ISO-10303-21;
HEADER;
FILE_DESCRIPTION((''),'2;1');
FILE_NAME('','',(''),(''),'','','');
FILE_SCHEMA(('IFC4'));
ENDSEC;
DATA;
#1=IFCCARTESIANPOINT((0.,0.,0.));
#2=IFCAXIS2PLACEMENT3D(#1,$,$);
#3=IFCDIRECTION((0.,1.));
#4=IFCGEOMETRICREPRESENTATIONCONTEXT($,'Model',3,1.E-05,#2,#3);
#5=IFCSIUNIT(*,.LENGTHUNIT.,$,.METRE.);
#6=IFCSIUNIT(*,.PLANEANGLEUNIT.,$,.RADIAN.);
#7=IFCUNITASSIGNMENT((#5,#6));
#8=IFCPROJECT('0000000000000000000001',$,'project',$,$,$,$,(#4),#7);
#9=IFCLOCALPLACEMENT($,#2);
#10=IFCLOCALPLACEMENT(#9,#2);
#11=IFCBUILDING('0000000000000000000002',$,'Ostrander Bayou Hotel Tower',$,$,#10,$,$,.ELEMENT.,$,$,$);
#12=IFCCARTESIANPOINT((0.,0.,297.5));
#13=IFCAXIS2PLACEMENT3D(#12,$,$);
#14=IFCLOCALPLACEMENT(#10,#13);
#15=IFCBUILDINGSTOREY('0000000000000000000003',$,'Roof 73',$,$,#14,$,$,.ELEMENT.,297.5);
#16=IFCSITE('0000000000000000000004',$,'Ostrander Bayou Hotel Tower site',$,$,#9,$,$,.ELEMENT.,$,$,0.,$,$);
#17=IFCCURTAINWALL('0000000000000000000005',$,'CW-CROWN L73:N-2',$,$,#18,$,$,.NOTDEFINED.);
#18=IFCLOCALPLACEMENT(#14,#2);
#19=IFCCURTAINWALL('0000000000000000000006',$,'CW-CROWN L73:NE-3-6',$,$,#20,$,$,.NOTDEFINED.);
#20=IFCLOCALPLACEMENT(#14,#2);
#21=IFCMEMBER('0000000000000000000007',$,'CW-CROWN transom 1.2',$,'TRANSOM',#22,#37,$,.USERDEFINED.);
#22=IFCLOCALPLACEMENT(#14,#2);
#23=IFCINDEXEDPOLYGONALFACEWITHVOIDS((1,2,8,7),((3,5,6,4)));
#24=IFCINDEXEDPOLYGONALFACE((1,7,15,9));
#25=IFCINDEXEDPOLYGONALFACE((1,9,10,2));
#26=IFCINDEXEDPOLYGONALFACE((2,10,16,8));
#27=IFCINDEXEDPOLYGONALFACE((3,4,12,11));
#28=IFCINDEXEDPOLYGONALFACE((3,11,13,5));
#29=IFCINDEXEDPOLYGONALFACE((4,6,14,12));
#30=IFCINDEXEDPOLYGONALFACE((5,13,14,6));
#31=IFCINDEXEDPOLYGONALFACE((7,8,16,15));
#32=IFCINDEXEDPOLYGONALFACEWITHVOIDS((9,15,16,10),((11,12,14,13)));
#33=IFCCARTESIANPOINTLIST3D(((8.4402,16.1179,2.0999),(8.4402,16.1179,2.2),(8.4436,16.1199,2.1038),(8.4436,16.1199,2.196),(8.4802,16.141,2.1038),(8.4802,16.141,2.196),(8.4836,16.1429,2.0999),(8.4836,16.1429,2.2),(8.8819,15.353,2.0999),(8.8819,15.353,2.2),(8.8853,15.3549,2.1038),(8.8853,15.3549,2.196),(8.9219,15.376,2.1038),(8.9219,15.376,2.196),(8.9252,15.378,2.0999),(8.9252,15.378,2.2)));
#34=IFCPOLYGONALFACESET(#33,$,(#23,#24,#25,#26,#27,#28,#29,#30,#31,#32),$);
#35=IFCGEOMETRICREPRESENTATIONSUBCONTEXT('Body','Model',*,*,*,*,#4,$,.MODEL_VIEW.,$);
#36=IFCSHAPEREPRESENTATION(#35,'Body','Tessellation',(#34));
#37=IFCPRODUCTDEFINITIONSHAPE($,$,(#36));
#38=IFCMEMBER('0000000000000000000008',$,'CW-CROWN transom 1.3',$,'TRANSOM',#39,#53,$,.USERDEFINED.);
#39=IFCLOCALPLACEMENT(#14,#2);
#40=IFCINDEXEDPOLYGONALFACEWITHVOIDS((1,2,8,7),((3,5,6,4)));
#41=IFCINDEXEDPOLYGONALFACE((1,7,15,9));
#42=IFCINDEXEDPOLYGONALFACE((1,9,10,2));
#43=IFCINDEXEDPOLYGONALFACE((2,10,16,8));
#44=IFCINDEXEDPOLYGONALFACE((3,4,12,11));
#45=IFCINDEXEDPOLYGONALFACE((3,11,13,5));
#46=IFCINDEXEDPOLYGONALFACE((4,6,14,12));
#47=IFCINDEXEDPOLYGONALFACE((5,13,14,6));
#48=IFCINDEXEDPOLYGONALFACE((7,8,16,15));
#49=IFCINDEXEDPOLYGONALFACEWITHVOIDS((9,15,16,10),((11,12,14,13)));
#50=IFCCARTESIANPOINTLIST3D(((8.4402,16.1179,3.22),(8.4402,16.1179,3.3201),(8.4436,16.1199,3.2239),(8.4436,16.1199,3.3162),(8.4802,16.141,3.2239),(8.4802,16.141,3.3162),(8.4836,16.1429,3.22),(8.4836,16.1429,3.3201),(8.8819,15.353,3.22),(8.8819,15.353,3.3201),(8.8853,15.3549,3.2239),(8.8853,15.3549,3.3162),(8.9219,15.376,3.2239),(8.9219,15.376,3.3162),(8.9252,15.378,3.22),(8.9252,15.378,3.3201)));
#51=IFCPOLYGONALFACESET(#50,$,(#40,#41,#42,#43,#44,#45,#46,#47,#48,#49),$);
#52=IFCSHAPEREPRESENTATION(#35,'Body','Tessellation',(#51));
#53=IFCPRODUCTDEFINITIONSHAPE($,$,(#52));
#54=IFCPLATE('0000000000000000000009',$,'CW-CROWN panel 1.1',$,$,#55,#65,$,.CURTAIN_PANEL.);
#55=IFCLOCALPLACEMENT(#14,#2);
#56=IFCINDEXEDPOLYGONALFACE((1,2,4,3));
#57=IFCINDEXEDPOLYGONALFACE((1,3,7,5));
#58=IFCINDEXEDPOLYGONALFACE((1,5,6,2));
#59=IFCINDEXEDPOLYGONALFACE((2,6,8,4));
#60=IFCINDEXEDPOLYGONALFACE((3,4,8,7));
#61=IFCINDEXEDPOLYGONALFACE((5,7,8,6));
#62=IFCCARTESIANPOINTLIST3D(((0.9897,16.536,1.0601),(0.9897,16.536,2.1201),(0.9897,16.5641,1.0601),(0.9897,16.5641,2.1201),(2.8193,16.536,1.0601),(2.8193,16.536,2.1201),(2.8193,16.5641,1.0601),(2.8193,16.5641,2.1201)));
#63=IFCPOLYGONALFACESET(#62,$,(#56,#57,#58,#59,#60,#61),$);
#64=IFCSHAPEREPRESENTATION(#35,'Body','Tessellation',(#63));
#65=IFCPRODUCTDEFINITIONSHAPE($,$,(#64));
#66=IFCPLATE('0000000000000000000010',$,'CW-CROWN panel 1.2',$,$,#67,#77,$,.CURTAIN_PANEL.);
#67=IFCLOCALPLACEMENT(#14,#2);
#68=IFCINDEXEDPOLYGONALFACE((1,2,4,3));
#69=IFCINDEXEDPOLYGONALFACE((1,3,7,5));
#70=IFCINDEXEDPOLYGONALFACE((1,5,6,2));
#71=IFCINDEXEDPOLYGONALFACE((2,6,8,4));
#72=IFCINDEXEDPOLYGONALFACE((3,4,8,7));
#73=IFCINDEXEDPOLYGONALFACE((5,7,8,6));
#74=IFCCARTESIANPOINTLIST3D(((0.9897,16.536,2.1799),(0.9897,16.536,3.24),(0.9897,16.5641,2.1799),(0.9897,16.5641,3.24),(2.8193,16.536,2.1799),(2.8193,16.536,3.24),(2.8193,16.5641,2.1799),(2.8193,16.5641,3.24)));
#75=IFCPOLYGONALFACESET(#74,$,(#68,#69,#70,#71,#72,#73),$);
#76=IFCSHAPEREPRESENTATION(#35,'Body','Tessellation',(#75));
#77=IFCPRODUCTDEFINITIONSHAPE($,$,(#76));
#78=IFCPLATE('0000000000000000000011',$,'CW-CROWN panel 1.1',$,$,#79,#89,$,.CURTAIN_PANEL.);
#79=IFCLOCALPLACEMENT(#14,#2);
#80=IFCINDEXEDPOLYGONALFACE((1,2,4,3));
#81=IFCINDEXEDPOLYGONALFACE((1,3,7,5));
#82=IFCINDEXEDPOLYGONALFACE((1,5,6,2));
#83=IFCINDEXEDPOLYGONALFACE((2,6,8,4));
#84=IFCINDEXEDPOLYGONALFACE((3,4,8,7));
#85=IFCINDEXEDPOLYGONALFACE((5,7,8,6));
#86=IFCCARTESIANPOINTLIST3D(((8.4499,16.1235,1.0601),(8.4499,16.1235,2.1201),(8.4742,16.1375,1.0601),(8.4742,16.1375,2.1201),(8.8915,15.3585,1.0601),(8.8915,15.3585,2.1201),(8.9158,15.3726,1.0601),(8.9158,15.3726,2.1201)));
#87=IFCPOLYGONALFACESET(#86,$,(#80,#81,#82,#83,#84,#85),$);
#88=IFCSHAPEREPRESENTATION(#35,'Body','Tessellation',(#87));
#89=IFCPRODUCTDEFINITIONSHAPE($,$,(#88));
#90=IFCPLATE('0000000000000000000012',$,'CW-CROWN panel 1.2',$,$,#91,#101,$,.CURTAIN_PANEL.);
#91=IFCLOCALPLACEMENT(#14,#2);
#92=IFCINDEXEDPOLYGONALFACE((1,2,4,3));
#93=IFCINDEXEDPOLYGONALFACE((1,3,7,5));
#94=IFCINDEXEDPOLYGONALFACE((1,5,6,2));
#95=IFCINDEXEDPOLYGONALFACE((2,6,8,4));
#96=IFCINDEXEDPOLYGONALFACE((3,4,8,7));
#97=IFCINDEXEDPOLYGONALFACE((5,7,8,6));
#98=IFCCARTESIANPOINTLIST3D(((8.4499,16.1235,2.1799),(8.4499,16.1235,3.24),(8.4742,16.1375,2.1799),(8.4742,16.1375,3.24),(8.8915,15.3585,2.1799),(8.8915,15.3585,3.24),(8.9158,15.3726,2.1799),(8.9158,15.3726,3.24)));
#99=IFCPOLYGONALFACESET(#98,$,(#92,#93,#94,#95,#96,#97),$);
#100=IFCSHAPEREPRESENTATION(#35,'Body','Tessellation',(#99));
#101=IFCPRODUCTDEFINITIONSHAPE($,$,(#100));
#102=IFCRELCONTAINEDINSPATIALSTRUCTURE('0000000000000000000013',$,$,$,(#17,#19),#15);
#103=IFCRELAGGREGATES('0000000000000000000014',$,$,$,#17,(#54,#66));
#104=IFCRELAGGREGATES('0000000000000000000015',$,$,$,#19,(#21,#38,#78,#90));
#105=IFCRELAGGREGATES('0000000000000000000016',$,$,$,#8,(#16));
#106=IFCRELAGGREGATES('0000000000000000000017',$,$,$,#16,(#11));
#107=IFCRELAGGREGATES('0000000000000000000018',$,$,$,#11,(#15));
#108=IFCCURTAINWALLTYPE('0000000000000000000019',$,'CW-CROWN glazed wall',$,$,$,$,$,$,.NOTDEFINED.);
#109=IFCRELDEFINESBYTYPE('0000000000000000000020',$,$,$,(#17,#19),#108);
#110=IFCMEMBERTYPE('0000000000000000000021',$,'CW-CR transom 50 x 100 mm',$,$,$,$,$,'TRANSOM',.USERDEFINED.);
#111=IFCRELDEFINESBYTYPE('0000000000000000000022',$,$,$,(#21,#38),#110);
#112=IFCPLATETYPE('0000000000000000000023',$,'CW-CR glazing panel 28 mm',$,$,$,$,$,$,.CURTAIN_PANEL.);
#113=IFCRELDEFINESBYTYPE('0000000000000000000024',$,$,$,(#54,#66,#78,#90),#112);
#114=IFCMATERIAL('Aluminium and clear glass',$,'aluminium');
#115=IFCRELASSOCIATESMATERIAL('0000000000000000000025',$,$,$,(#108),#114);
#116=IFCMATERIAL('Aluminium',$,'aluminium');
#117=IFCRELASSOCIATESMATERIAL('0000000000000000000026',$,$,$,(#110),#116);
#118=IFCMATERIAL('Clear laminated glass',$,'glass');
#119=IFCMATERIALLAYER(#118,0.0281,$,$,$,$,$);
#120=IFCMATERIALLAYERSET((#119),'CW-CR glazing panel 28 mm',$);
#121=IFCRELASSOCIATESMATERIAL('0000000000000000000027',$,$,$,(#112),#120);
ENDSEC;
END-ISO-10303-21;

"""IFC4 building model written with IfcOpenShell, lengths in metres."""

from ifc_helpers import new_model, si_unit, direction, frame, origin, origin_2d, place, context, subcontext, project, spatial, rectangle, hollow_rectangle, extrude, material, layer, layer_set, material_profile, profile_set, type_object, element, aggregate, save


model = new_model("IFC4")

# Units and contexts
model_context = context("Model", 3, precision=1e-05, world=origin(), true_north=direction((0.0, 1.0)))
body_context = subcontext(model_context, "Body", "Model", "MODEL_VIEW")
ifc_project = project(units=[si_unit("LENGTHUNIT", "METRE"), si_unit("PLANEANGLEUNIT", "RADIAN")], contexts=[model_context])

# Site, building, storey
site_placement = place(None, origin())
site = spatial("IfcSite", under=ifc_project, at=site_placement, Name="Ostrander Bayou Hotel Tower site", CompositionType="ELEMENT", RefElevation=0.0)
building_placement = place(site_placement, origin())
building = spatial("IfcBuilding", under=site, at=building_placement, Name="Ostrander Bayou Hotel Tower", CompositionType="ELEMENT")
storey_placement = place(building_placement, frame((0.0, 0.0, 297.5)))
storey = spatial("IfcBuildingStorey", under=building, at=storey_placement, Name="Roof 73", CompositionType="ELEMENT", Elevation=297.5)

# Curtain wall
ifc_material_1 = material(Name="Aluminium and clear glass", Category="aluminium")
curtain_wall_type = type_object("IfcCurtainWallType", Name="CW-CROWN glazed wall", PredefinedType="NOTDEFINED", material=ifc_material_1)
curtain_wall_1_placement = place(storey_placement, origin())
curtain_wall_1 = element("IfcCurtainWall", 1, at=curtain_wall_1_placement, inside=storey, type_object=curtain_wall_type, Name="CW-CROWN L73:N-2", PredefinedType="NOTDEFINED")

# Curtain wall
curtain_wall_2_placement = place(storey_placement, origin())
curtain_wall_2 = element("IfcCurtainWall", 2, at=curtain_wall_2_placement, inside=storey, type_object=curtain_wall_type, Name="CW-CROWN L73:NE-3-6", PredefinedType="NOTDEFINED")

# Members
ifc_material_2 = material(Name="Aluminium", Category="aluminium")
ifc_material_profile_1 = material_profile(ifc_material_2, hollow_rectangle(XDim=0.05, YDim=0.1001, WallThickness=0.0039, at=origin_2d()))
ifc_profile_set_1 = profile_set([ifc_material_profile_1], Name="Aluminium")
member_type_1 = type_object("IfcMemberType", Name="CW-CR transom 50 x 100 mm", ElementType="TRANSOM", PredefinedType="USERDEFINED", material=ifc_profile_set_1)
member_1_placement = place(storey_placement, frame((8.9036, 15.3655, 2.1499), z_axis=(-0.500034, 0.866006, 0.0), x_axis=(-0.866006, -0.500034, 0.0)))
member_1 = element("IfcMember", 3, at=member_1_placement, type_object=member_type_1, Name="CW-CROWN transom 1.2", ObjectType="TRANSOM", PredefinedType="USERDEFINED", context=body_context, shape_type="SweptSolid", body=[
    extrude(hollow_rectangle(XDim=0.05, YDim=0.1001, WallThickness=0.0039, at=origin_2d()), origin(), (0.0, 0.0, 1.0), 0.8833),
])
member_2_placement = place(storey_placement, frame((8.9036, 15.3655, 3.27), z_axis=(-0.500034, 0.866006, 0.0), x_axis=(-0.866006, -0.500034, 0.0)))
member_2 = element("IfcMember", 4, at=member_2_placement, type_object=member_type_1, Name="CW-CROWN transom 1.3", ObjectType="TRANSOM", PredefinedType="USERDEFINED", context=body_context, shape_type="SweptSolid", body=[
    extrude(hollow_rectangle(XDim=0.05, YDim=0.1001, WallThickness=0.0039, at=origin_2d()), origin(), (0.0, 0.0, 1.0), 0.8833),
])

# Plates
ifc_material_3 = material(Name="Clear laminated glass", Category="glass")
ifc_layer = layer(ifc_material_3, 0.0281)
ifc_layer_set = layer_set([ifc_layer], Name="CW-CR glazing panel 28 mm")
plate_type = type_object("IfcPlateType", Name="CW-CR glazing panel 28 mm", PredefinedType="CURTAIN_PANEL", material=ifc_layer_set)
plate_1_placement = place(storey_placement, frame((1.9045, 16.55, 1.0601), z_axis=(0.0, 0.0, 1.0), x_axis=(-1.0, 0.0, 0.0)))
plate_1 = element("IfcPlate", 5, at=plate_1_placement, type_object=plate_type, Name="CW-CROWN panel 1.1", PredefinedType="CURTAIN_PANEL", context=body_context, shape_type="SweptSolid", body=[
    extrude(rectangle(XDim=1.8296, YDim=0.0281, at=origin_2d()), origin(), (0.0, 0.0, 1.0), 1.0601),
])
plate_2_placement = place(storey_placement, frame((1.9045, 16.55, 2.1799), z_axis=(0.0, 0.0, 1.0), x_axis=(-1.0, 0.0, 0.0)))
plate_2 = element("IfcPlate", 6, at=plate_2_placement, type_object=plate_type, Name="CW-CROWN panel 1.2", PredefinedType="CURTAIN_PANEL", context=body_context, shape_type="SweptSolid", body=[
    extrude(rectangle(XDim=1.8296, YDim=0.0281, at=origin_2d()), origin(), (0.0, 0.0, 1.0), 1.0601),
])
aggregate(curtain_wall_1, [plate_1, plate_2])
plate_3_placement = place(storey_placement, frame((8.6829, 15.748, 1.0601), z_axis=(0.0, 0.0, 1.0), x_axis=(-0.499999, 0.866026, 0.0)))
plate_3 = element("IfcPlate", 7, at=plate_3_placement, type_object=plate_type, Name="CW-CROWN panel 1.1", PredefinedType="CURTAIN_PANEL", context=body_context, shape_type="SweptSolid", body=[
    extrude(rectangle(XDim=0.8833, YDim=0.0281, at=origin_2d()), origin(), (0.0, 0.0, 1.0), 1.0601),
])
plate_4_placement = place(storey_placement, frame((8.6829, 15.748, 2.1799), z_axis=(0.0, 0.0, 1.0), x_axis=(-0.499999, 0.866026, 0.0)))
plate_4 = element("IfcPlate", 8, at=plate_4_placement, type_object=plate_type, Name="CW-CROWN panel 1.2", PredefinedType="CURTAIN_PANEL", context=body_context, shape_type="SweptSolid", body=[
    extrude(rectangle(XDim=0.8833, YDim=0.0281, at=origin_2d()), origin(), (0.0, 0.0, 1.0), 1.0601),
])
aggregate(curtain_wall_2, [member_1, member_2, plate_3, plate_4])

save(model, "model.ifc")
